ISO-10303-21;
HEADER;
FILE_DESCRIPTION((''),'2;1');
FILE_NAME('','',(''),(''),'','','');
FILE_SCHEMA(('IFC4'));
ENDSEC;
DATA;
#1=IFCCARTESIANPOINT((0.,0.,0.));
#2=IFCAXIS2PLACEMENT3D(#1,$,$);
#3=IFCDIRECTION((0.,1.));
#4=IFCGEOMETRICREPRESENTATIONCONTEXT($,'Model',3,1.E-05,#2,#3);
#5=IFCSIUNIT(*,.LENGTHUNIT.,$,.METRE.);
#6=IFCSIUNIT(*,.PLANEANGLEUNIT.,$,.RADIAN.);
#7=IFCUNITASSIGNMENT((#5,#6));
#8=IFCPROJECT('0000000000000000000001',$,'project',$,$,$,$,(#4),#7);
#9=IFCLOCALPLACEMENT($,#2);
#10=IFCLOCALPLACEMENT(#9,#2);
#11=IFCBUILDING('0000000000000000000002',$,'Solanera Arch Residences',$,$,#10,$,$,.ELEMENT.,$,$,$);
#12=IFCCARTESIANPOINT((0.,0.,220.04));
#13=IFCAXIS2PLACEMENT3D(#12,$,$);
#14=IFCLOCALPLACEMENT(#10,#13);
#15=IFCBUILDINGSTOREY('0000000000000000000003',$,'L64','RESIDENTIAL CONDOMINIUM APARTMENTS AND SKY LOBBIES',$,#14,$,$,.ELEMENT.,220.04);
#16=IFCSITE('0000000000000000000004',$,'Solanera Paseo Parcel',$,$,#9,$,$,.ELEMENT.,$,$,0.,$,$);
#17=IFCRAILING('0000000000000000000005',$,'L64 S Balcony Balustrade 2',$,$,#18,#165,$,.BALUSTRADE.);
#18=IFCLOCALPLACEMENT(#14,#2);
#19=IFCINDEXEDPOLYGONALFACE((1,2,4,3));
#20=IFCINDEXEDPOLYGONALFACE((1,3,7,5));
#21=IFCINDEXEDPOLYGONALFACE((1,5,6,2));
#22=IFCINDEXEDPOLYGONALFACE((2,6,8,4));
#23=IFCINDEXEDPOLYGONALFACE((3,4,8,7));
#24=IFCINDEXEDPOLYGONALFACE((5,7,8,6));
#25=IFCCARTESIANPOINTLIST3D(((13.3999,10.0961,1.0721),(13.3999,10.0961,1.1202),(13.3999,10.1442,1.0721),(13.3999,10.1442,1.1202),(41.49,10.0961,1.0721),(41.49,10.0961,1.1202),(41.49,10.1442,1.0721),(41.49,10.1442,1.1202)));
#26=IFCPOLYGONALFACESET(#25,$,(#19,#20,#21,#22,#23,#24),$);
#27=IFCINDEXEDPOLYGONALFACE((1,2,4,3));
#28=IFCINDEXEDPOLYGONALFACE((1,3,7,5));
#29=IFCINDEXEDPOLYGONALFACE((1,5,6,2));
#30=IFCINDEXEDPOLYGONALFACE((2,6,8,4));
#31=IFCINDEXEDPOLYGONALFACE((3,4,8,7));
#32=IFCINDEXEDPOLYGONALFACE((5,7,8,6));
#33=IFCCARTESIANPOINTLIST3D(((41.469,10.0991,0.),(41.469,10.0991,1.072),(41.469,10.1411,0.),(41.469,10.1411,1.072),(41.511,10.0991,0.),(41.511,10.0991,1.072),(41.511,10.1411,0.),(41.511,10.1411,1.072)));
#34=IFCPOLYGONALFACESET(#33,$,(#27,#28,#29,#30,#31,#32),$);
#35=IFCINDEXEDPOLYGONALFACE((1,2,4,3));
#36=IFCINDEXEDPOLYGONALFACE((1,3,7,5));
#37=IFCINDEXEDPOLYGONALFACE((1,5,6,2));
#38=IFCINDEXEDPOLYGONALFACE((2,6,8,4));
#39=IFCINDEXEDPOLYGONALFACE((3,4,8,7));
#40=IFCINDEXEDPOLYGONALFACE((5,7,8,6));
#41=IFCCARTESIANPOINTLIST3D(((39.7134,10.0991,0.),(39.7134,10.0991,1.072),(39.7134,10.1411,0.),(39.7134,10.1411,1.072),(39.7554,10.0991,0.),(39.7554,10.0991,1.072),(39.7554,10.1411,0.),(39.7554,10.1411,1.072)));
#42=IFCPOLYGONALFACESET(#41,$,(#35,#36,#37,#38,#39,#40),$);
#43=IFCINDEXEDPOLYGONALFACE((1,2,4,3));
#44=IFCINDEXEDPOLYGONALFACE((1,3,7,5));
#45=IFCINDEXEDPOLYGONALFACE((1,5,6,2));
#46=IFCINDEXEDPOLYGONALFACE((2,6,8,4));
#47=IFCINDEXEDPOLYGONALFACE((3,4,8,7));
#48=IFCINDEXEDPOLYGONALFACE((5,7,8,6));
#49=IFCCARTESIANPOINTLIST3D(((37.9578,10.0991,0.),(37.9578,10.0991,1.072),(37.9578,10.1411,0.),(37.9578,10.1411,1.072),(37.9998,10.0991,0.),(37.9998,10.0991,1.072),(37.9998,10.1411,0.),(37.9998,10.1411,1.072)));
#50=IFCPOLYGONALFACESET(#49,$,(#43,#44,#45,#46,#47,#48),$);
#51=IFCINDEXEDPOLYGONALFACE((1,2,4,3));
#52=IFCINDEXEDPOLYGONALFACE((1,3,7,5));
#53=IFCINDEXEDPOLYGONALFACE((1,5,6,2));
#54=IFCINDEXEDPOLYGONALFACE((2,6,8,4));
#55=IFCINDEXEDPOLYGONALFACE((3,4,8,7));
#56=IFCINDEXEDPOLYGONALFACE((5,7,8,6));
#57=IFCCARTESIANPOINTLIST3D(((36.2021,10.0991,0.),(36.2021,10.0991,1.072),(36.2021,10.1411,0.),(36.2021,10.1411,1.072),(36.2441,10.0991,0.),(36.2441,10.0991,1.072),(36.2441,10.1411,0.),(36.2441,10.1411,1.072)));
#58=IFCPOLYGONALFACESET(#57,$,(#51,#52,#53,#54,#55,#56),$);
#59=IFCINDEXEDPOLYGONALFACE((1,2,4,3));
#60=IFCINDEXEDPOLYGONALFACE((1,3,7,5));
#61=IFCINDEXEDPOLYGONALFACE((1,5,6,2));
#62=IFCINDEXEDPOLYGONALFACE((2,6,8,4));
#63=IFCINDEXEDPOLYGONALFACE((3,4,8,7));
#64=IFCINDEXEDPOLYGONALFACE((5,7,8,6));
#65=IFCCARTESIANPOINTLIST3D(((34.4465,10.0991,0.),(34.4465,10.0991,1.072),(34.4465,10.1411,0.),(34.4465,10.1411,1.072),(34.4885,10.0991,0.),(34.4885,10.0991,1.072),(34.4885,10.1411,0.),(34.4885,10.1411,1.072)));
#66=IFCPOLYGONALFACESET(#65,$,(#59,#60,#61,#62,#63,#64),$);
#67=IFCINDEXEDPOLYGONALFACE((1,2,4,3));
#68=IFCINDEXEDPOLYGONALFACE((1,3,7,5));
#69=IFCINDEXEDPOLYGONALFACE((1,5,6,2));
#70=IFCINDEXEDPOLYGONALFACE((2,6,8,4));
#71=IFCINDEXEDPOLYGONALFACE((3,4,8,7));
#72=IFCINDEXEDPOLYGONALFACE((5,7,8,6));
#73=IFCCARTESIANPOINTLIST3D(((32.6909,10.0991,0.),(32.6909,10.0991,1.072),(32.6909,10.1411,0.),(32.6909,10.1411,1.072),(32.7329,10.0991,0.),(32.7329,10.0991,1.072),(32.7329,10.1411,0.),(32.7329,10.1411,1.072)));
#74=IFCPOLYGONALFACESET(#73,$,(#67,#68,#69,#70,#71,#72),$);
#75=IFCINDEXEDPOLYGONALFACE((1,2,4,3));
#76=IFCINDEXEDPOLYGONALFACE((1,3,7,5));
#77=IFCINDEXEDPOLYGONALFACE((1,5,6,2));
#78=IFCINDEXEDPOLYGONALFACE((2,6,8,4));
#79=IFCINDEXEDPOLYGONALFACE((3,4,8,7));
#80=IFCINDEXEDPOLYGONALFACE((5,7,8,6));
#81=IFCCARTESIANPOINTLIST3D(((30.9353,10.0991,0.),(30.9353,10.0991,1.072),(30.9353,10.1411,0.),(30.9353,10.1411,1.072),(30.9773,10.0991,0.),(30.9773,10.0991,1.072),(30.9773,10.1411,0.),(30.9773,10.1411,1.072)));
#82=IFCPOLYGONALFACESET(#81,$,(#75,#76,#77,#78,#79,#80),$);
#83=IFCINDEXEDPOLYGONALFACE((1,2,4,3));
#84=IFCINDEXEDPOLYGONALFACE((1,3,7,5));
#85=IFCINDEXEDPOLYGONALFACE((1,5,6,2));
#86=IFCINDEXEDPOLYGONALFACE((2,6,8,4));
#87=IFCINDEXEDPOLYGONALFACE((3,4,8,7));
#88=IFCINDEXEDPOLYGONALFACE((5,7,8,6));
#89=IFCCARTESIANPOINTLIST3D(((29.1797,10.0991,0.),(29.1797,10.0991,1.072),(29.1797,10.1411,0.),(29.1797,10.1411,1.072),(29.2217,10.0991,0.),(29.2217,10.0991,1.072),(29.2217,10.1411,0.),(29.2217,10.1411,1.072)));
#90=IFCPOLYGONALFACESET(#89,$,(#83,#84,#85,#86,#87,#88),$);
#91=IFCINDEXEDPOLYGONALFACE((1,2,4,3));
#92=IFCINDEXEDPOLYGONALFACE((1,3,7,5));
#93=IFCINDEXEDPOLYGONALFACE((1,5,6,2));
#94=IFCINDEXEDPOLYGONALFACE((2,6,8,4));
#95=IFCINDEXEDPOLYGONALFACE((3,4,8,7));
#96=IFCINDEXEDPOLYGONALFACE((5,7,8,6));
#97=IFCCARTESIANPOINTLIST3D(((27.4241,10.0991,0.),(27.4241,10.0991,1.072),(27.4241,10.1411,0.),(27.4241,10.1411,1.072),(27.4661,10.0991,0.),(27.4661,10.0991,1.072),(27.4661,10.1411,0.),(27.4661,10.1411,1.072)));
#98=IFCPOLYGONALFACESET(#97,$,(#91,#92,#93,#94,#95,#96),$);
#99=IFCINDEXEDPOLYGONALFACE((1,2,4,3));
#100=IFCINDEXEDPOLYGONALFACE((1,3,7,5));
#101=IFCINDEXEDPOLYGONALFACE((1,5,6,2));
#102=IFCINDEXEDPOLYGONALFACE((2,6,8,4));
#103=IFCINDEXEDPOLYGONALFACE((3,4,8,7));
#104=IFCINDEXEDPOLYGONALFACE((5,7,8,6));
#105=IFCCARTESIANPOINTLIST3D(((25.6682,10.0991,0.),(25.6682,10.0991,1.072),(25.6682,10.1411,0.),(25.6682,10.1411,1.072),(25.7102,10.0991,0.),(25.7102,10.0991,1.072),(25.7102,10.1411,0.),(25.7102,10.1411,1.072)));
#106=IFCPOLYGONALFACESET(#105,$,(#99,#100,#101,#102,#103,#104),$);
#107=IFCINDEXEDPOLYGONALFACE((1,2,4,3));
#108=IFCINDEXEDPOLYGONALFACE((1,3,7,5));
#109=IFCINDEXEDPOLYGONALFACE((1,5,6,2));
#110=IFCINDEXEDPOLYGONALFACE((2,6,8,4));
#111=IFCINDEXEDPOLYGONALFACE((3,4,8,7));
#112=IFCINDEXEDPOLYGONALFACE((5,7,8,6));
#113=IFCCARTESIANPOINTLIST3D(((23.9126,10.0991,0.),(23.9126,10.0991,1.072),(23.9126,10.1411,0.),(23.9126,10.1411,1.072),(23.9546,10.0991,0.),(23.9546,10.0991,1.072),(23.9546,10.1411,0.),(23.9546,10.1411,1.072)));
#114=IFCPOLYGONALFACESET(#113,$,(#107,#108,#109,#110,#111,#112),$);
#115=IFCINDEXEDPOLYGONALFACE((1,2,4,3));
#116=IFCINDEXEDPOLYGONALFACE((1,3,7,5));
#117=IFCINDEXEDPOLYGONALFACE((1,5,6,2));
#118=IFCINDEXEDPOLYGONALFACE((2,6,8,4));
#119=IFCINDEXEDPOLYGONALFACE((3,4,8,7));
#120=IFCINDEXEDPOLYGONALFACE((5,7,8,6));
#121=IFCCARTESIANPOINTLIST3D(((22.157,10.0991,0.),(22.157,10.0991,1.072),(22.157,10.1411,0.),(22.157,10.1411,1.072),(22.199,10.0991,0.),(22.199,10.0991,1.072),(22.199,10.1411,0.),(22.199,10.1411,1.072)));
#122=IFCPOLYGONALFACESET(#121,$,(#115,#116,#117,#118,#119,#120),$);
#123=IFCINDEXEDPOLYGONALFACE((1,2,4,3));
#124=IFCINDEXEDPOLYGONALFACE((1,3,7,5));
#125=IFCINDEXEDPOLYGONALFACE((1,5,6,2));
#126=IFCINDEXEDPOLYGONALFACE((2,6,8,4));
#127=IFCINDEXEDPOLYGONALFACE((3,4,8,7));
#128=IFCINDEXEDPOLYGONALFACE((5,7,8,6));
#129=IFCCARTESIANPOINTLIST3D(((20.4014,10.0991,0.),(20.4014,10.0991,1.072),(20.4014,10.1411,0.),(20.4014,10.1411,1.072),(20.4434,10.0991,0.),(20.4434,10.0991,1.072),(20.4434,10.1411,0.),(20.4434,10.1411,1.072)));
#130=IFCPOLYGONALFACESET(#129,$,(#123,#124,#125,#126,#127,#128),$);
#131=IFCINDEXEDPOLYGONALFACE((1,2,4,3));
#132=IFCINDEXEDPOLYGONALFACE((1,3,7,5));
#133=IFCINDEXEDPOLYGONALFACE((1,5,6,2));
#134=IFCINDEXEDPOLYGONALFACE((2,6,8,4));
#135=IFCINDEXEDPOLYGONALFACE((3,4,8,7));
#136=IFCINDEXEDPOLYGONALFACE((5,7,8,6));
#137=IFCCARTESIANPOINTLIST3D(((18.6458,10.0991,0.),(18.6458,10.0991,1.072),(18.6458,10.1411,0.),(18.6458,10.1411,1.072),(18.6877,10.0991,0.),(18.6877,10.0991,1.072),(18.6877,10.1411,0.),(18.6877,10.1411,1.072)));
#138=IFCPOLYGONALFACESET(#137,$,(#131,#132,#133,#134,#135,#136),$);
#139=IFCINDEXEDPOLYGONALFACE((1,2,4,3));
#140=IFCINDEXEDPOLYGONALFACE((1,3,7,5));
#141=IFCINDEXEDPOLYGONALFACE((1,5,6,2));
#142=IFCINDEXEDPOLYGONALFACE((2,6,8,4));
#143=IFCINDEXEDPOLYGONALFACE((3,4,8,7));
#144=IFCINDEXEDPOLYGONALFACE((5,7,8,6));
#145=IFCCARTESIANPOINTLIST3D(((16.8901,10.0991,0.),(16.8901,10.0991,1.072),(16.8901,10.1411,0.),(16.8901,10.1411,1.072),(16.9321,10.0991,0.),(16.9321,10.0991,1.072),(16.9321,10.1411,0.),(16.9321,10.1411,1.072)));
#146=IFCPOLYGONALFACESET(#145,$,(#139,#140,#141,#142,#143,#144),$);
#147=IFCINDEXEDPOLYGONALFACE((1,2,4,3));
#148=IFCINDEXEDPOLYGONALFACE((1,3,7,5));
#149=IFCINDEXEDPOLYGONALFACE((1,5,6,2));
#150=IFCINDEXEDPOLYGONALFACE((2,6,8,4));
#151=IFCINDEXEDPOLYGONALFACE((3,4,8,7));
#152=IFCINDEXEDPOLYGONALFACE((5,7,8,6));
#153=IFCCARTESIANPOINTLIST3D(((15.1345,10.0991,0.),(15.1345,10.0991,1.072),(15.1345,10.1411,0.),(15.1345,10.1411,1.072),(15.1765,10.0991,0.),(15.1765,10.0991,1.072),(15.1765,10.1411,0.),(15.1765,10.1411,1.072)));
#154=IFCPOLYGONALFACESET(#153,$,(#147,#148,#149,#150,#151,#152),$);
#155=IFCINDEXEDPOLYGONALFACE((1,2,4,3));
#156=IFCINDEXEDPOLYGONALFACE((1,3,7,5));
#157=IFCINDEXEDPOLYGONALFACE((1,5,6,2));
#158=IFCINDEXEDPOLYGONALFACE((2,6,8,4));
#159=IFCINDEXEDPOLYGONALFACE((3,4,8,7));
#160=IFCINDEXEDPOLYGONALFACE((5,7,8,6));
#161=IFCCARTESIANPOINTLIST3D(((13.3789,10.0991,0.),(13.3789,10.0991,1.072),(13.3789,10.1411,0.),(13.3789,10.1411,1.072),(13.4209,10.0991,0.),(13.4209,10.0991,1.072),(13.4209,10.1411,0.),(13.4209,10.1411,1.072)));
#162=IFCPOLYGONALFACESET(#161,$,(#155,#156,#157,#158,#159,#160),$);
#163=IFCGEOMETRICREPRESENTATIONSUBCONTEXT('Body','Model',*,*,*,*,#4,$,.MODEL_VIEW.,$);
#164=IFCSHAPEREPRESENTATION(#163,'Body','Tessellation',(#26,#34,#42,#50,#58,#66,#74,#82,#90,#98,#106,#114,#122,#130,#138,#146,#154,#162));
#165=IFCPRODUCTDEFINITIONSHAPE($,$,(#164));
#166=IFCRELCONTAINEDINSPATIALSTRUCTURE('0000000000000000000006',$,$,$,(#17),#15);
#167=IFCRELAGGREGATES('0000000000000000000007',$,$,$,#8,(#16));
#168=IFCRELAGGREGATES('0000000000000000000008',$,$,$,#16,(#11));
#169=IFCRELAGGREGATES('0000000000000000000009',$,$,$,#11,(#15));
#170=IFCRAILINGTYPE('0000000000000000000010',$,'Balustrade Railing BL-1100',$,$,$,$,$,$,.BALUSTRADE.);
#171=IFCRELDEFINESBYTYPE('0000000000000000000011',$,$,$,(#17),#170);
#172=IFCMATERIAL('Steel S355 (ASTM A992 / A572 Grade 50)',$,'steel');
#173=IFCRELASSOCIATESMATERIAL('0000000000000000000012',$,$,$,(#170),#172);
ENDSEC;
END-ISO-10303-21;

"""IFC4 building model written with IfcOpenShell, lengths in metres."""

from ifc_helpers import new_model, si_unit, direction, frame, origin, origin_2d, place, context, subcontext, project, spatial, rectangle, extrude, material, type_object, element, save


model = new_model("IFC4")

# Units and contexts
model_context = context("Model", 3, precision=1e-05, world=origin(), true_north=direction((0.0, 1.0)))
body_context = subcontext(model_context, "Body", "Model", "MODEL_VIEW")
ifc_project = project(units=[si_unit("LENGTHUNIT", "METRE"), si_unit("PLANEANGLEUNIT", "RADIAN")], contexts=[model_context])

# Site, building, storey
site_placement = place(None, origin())
site = spatial("IfcSite", under=ifc_project, at=site_placement, Name="Solanera Paseo Parcel", CompositionType="ELEMENT", RefElevation=0.0)
building_placement = place(site_placement, origin())
building = spatial("IfcBuilding", under=site, at=building_placement, Name="Solanera Arch Residences", CompositionType="ELEMENT")
storey_placement = place(building_placement, frame((0.0, 0.0, 220.04)))
storey = spatial("IfcBuildingStorey", under=building, at=storey_placement, Name="L64", Description="RESIDENTIAL CONDOMINIUM APARTMENTS AND SKY LOBBIES", CompositionType="ELEMENT", Elevation=220.04)

# Railing
ifc_material_1 = material(Name="Steel S355 (ASTM A992 / A572 Grade 50)", Category="steel")
railing_type = type_object("IfcRailingType", Name="Balustrade Railing BL-1100", PredefinedType="BALUSTRADE", material=ifc_material_1)
railing_placement = place(storey_placement, frame((41.49, 10.1201, 0.0)))
element("IfcRailing", 1, at=railing_placement, inside=storey, type_object=railing_type, Name="L64 S Balcony Balustrade 2", PredefinedType="BALUSTRADE", context=body_context, shape_type="SweptSolid", body=[
    extrude(rectangle(XDim=0.0481, YDim=0.0481, at=origin_2d()), frame((0.0, 0.0, 1.0962), z_axis=(-1.0, 0.0, 0.0), x_axis=(0.0, -1.0, 0.0)), (0.0, 0.0, 1.0), 28.0901),
    extrude(rectangle(XDim=0.042, YDim=0.042, at=origin_2d()), origin(), (0.0, 0.0, 1.0), 1.072),
    extrude(rectangle(XDim=0.042, YDim=0.042, at=origin_2d()), frame((-1.7556, 0.0, 0.0)), (0.0, 0.0, 1.0), 1.072),
    extrude(rectangle(XDim=0.042, YDim=0.042, at=origin_2d()), frame((-3.5112, 0.0, 0.0)), (0.0, 0.0, 1.0), 1.072),
    extrude(rectangle(XDim=0.042, YDim=0.042, at=origin_2d()), frame((-5.2668, 0.0, 0.0)), (0.0, 0.0, 1.0), 1.072),
    extrude(rectangle(XDim=0.042, YDim=0.042, at=origin_2d()), frame((-7.0225, 0.0, 0.0)), (0.0, 0.0, 1.0), 1.072),
    extrude(rectangle(XDim=0.042, YDim=0.042, at=origin_2d()), frame((-8.7781, 0.0, 0.0)), (0.0, 0.0, 1.0), 1.072),
    extrude(rectangle(XDim=0.042, YDim=0.042, at=origin_2d()), frame((-10.5337, 0.0, 0.0)), (0.0, 0.0, 1.0), 1.072),
    extrude(rectangle(XDim=0.042, YDim=0.042, at=origin_2d()), frame((-12.2893, 0.0, 0.0)), (0.0, 0.0, 1.0), 1.072),
    extrude(rectangle(XDim=0.042, YDim=0.042, at=origin_2d()), frame((-14.0449, 0.0, 0.0)), (0.0, 0.0, 1.0), 1.072),
    extrude(rectangle(XDim=0.042, YDim=0.042, at=origin_2d()), frame((-15.8008, 0.0, 0.0)), (0.0, 0.0, 1.0), 1.072),
    extrude(rectangle(XDim=0.042, YDim=0.042, at=origin_2d()), frame((-17.5564, 0.0, 0.0)), (0.0, 0.0, 1.0), 1.072),
    extrude(rectangle(XDim=0.042, YDim=0.042, at=origin_2d()), frame((-19.312, 0.0, 0.0)), (0.0, 0.0, 1.0), 1.072),
    extrude(rectangle(XDim=0.042, YDim=0.042, at=origin_2d()), frame((-21.0676, 0.0, 0.0)), (0.0, 0.0, 1.0), 1.072),
    extrude(rectangle(XDim=0.042, YDim=0.042, at=origin_2d()), frame((-22.8232, 0.0, 0.0)), (0.0, 0.0, 1.0), 1.072),
    extrude(rectangle(XDim=0.042, YDim=0.042, at=origin_2d()), frame((-24.5789, 0.0, 0.0)), (0.0, 0.0, 1.0), 1.072),
    extrude(rectangle(XDim=0.042, YDim=0.042, at=origin_2d()), frame((-26.3345, 0.0, 0.0)), (0.0, 0.0, 1.0), 1.072),
    extrude(rectangle(XDim=0.042, YDim=0.042, at=origin_2d()), frame((-28.0901, 0.0, 0.0)), (0.0, 0.0, 1.0), 1.072),
])

save(model, "model.ifc")
